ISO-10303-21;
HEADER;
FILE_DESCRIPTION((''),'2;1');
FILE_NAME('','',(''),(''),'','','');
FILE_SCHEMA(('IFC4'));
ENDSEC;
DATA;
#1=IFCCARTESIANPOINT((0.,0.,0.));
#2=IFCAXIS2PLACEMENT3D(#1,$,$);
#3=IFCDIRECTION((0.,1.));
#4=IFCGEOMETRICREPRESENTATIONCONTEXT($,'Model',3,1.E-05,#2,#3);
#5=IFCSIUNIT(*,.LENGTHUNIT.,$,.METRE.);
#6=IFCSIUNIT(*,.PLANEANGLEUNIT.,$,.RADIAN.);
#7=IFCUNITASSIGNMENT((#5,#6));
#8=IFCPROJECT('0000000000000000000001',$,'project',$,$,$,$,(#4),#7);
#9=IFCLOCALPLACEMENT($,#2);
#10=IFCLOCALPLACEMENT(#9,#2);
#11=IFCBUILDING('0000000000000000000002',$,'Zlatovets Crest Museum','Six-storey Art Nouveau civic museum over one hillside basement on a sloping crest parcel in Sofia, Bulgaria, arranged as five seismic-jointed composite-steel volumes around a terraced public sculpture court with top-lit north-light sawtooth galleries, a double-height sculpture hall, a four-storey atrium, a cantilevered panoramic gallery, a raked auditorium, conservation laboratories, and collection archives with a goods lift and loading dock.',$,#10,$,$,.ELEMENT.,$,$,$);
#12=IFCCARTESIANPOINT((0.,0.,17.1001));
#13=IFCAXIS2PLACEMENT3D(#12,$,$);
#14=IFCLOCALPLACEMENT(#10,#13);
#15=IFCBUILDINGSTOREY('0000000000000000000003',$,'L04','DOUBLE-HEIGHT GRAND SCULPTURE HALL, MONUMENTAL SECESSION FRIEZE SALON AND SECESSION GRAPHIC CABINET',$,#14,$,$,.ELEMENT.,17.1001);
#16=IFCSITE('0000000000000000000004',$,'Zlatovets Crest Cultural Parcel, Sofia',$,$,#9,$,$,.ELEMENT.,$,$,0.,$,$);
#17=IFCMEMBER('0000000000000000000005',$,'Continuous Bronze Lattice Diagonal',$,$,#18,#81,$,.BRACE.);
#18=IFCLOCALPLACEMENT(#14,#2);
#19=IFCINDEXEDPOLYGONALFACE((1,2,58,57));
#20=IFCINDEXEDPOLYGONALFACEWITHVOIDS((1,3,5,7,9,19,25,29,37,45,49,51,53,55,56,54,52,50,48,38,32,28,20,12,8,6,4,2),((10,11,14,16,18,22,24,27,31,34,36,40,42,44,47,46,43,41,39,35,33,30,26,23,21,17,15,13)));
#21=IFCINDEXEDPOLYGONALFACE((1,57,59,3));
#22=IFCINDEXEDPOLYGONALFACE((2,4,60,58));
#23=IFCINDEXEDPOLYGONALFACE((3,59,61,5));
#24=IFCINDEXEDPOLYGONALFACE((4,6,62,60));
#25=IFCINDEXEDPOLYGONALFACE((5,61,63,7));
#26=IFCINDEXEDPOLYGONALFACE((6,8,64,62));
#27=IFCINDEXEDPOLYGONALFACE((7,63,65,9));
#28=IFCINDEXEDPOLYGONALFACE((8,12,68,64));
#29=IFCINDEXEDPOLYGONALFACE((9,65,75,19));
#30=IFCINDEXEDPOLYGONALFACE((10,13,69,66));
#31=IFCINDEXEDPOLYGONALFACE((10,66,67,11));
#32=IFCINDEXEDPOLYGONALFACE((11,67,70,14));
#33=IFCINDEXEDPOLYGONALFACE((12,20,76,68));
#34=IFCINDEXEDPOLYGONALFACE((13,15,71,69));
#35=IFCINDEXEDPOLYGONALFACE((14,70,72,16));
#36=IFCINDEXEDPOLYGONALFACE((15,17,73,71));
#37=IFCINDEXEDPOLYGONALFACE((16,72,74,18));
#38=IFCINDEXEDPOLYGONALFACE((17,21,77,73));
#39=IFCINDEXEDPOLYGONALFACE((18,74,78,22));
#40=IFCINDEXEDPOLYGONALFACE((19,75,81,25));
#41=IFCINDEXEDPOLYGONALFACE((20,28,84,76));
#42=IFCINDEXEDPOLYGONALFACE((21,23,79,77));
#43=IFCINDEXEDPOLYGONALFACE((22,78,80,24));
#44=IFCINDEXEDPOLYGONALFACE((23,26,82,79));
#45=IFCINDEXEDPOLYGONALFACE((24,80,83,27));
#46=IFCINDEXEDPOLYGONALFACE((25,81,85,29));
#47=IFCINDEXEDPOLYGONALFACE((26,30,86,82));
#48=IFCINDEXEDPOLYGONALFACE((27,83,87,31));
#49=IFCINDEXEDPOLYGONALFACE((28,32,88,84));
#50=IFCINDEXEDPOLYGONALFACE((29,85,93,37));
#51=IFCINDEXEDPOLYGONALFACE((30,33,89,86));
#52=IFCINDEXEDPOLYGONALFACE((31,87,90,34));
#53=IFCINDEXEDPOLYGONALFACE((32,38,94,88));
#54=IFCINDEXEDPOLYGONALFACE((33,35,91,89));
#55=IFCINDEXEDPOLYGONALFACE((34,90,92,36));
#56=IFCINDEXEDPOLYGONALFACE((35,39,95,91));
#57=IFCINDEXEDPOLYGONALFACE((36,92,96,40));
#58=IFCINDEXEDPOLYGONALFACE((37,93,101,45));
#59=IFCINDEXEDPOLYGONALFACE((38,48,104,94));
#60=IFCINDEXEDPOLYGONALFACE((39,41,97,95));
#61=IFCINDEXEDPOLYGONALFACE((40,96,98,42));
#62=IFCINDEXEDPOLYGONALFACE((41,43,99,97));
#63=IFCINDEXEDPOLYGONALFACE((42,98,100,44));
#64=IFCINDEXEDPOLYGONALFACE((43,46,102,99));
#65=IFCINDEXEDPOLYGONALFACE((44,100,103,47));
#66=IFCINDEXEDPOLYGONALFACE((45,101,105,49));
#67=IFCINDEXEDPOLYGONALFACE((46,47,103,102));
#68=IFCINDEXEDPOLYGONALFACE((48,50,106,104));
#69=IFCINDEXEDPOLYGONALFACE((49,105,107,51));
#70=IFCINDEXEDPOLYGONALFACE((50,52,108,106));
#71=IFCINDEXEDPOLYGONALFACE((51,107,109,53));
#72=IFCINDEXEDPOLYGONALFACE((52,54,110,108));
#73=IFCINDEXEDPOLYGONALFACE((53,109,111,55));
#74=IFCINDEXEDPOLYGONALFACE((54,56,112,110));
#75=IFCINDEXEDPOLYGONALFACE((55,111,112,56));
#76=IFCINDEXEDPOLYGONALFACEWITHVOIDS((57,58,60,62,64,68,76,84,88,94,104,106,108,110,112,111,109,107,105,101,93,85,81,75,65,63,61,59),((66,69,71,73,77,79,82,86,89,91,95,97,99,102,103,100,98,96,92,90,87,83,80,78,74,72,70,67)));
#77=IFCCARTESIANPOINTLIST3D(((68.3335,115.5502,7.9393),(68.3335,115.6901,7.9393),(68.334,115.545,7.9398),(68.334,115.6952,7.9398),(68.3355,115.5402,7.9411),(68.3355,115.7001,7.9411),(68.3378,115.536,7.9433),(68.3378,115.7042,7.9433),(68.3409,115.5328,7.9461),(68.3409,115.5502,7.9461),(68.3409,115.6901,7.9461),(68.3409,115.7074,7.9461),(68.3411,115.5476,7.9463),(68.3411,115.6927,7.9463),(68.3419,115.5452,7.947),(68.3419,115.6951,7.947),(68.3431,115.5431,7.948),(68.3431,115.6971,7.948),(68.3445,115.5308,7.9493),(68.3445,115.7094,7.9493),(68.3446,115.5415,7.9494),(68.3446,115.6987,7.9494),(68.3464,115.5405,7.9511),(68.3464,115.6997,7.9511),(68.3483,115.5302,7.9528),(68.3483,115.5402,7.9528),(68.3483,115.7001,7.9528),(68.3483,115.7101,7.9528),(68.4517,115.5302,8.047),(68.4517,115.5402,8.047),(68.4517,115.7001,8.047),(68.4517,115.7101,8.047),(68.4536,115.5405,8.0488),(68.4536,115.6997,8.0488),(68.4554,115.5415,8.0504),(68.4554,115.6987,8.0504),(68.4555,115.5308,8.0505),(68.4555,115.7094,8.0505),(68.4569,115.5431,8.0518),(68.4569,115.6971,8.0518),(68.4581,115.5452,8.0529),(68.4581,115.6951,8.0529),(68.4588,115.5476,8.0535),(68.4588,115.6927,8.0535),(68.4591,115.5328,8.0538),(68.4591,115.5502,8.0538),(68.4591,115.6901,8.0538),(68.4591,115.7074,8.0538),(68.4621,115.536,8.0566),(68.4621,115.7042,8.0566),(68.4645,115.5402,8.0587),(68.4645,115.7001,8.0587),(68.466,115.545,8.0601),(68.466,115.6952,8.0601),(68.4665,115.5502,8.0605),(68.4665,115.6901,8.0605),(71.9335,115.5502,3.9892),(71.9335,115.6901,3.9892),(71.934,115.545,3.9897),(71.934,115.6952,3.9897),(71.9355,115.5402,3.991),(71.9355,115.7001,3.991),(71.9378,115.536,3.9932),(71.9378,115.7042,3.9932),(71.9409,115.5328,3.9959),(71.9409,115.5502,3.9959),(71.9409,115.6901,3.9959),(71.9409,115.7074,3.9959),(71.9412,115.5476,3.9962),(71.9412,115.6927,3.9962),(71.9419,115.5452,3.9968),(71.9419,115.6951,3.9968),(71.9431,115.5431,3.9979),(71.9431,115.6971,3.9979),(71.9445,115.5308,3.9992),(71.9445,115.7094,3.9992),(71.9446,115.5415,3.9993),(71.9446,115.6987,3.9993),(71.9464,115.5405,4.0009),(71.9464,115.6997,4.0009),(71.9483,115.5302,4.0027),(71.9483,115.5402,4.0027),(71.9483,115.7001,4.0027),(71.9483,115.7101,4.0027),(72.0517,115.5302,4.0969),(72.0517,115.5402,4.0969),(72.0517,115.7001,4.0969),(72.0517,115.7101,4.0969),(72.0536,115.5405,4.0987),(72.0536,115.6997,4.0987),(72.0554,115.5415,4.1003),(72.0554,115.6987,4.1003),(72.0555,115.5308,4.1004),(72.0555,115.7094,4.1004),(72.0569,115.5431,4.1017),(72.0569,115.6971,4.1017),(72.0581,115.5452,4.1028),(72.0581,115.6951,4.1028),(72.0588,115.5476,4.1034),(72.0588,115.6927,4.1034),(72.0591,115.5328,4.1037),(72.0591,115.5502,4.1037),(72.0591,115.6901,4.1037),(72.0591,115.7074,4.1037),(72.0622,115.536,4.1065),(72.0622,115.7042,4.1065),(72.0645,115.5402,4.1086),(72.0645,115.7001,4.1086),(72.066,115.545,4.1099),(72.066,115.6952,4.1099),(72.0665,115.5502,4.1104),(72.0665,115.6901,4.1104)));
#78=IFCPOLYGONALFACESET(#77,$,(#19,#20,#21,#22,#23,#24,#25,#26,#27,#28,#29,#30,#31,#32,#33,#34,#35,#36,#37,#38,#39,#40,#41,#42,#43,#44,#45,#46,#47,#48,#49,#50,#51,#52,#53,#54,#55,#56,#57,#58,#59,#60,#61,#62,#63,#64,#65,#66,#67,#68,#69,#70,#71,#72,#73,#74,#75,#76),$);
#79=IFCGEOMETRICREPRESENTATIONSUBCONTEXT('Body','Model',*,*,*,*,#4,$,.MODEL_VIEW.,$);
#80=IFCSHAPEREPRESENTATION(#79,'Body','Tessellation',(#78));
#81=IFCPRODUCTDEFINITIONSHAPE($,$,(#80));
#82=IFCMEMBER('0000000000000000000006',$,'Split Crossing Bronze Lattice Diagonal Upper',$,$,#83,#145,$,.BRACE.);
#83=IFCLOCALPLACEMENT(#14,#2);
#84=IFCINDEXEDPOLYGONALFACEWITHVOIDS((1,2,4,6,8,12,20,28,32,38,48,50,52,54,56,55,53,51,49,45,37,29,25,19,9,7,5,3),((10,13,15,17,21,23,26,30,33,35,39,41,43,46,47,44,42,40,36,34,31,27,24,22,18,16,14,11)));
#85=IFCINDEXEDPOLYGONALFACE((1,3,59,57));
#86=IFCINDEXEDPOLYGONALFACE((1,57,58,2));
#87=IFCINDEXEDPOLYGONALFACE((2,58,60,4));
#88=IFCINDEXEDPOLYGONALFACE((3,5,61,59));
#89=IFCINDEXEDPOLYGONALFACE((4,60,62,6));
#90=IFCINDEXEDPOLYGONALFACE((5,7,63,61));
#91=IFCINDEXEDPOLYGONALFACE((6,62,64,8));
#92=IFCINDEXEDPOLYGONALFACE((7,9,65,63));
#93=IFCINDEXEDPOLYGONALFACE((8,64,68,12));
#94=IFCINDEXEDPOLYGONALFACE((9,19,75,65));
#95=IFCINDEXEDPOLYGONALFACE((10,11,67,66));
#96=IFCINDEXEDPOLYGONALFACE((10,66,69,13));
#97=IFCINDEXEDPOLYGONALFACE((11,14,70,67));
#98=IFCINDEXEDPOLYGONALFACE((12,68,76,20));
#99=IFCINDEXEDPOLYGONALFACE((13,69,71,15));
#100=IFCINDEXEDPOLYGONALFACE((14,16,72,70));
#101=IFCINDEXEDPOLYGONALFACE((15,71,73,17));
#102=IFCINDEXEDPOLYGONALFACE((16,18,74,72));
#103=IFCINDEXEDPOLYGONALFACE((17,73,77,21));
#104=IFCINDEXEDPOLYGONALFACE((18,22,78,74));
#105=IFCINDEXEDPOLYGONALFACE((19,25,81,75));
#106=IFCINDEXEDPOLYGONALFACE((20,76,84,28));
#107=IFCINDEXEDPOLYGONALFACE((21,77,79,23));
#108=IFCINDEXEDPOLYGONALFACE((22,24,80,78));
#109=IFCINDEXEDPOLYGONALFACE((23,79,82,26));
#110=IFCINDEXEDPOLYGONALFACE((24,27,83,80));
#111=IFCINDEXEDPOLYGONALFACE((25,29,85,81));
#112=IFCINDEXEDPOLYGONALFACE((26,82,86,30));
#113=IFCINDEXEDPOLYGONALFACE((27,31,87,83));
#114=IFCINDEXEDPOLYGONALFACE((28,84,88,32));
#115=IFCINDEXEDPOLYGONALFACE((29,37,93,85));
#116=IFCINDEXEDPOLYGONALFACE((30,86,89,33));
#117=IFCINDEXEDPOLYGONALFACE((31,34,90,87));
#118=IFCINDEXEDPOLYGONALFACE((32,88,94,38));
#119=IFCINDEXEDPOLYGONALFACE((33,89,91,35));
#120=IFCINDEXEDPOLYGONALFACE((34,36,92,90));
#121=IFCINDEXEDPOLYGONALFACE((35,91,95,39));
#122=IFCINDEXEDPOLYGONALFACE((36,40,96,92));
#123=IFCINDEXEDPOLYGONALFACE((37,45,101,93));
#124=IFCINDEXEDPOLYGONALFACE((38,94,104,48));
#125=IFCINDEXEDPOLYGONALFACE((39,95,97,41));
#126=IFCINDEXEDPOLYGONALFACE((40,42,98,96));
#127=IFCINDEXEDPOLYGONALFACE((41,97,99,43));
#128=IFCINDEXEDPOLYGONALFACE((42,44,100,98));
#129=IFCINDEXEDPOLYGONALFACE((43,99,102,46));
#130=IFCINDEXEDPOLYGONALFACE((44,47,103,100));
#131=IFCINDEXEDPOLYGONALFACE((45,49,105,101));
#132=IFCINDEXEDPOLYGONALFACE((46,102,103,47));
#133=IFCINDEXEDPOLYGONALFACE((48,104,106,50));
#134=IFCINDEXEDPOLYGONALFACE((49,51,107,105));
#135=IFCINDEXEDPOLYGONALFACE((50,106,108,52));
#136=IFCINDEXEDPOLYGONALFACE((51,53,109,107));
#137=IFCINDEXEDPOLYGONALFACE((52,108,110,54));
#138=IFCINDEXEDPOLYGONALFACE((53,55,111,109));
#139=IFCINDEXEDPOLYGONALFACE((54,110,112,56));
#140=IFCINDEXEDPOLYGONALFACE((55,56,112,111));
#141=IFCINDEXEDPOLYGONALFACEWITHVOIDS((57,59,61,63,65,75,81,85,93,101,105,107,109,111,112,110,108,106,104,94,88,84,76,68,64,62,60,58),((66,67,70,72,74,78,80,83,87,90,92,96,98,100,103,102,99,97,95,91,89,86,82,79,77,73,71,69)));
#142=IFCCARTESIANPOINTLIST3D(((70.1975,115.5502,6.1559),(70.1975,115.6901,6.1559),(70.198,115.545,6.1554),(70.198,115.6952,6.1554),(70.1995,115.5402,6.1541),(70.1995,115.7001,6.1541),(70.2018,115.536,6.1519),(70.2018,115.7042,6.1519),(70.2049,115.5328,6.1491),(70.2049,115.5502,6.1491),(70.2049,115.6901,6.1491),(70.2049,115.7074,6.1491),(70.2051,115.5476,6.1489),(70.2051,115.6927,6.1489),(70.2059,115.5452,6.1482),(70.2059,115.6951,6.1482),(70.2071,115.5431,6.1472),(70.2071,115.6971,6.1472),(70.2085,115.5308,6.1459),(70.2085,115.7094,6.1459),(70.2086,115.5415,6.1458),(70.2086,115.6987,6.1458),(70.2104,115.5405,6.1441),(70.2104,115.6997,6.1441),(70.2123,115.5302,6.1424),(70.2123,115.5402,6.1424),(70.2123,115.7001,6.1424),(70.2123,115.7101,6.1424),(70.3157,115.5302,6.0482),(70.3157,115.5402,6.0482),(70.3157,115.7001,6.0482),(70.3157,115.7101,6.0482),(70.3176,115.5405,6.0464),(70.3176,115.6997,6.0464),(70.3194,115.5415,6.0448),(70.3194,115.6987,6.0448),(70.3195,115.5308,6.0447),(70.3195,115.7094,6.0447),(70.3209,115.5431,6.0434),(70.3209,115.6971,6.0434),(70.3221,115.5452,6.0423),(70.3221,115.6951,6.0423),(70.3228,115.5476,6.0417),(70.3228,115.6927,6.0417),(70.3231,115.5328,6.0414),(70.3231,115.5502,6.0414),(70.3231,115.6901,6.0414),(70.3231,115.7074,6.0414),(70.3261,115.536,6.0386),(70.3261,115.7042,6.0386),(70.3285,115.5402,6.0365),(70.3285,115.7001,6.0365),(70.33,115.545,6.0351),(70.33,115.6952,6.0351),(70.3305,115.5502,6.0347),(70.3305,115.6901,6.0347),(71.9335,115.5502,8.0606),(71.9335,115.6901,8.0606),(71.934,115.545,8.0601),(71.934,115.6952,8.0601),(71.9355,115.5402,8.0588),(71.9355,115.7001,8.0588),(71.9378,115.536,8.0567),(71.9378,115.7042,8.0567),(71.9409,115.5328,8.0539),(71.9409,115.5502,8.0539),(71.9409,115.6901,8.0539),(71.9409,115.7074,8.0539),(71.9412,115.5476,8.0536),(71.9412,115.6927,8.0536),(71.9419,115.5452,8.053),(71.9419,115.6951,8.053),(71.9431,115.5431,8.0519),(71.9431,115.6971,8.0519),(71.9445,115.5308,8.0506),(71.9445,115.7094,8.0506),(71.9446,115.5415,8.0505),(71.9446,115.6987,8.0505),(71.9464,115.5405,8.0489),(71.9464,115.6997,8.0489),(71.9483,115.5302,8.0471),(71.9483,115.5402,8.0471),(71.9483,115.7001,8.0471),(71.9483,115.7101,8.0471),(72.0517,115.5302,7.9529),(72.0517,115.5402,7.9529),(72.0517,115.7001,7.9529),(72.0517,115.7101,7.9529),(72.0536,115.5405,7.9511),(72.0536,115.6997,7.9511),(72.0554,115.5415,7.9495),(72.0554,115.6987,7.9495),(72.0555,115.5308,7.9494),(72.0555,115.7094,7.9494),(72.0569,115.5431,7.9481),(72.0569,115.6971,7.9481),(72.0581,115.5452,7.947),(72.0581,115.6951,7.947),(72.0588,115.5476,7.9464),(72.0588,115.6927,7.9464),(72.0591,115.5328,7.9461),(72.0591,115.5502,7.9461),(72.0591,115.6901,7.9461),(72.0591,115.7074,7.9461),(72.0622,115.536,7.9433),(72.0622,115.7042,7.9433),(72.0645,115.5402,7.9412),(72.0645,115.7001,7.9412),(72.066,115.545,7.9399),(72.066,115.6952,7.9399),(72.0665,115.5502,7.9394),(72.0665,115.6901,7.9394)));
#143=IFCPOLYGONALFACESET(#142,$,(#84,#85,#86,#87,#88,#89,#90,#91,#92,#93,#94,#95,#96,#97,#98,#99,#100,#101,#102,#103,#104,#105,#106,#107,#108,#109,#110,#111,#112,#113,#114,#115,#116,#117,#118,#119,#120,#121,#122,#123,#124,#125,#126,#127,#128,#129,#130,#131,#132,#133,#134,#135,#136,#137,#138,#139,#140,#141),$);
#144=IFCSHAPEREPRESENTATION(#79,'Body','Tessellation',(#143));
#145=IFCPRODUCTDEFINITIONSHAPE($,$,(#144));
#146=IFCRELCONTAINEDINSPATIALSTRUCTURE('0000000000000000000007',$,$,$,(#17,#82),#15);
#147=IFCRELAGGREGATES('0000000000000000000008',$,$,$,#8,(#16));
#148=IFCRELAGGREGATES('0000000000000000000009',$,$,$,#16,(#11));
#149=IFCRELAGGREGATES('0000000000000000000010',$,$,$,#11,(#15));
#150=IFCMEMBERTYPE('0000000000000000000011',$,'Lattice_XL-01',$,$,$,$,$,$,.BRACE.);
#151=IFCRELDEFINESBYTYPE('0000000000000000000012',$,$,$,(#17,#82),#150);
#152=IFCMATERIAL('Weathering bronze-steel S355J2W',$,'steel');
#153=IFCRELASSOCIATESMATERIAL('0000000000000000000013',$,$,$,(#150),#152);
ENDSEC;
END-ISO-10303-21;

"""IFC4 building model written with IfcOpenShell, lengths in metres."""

from ifc_helpers import new_model, si_unit, direction, frame, origin, origin_2d, place, context, subcontext, project, spatial, hollow_rectangle, extrude, material, material_profile, profile_set, type_object, element, save


model = new_model("IFC4")

# Units and contexts
model_context = context("Model", 3, precision=1e-05, world=origin(), true_north=direction((0.0, 1.0)))
body_context = subcontext(model_context, "Body", "Model", "MODEL_VIEW")
ifc_project = project(units=[si_unit("LENGTHUNIT", "METRE"), si_unit("PLANEANGLEUNIT", "RADIAN")], contexts=[model_context])

# Site, building, storey
site_placement = place(None, origin())
site = spatial("IfcSite", under=ifc_project, at=site_placement, Name="Zlatovets Crest Cultural Parcel, Sofia", CompositionType="ELEMENT", RefElevation=0.0)
building_placement = place(site_placement, origin())
building = spatial("IfcBuilding", under=site, at=building_placement, Name="Zlatovets Crest Museum", Description="Six-storey Art Nouveau civic museum over one hillside basement on a sloping crest parcel in Sofia, Bulgaria, arranged as five seismic-jointed composite-steel volumes around a terraced public sculpture court with top-lit north-light sawtooth galleries, a double-height sculpture hall, a four-storey atrium, a cantilevered panoramic gallery, a raked auditorium, conservation laboratories, and collection archives with a goods lift and loading dock.", CompositionType="ELEMENT")
storey_placement = place(building_placement, frame((0.0, 0.0, 17.1001)))
storey = spatial("IfcBuildingStorey", under=building, at=storey_placement, Name="L04", Description="DOUBLE-HEIGHT GRAND SCULPTURE HALL, MONUMENTAL SECESSION FRIEZE SALON AND SECESSION GRAPHIC CABINET", CompositionType="ELEMENT", Elevation=17.1001)

# Members
ifc_material_1 = material(Name="Weathering bronze-steel S355J2W", Category="steel")
ifc_material_profile_1 = material_profile(ifc_material_1, hollow_rectangle(XDim=0.1799, YDim=0.1799, WallThickness=0.01, InnerFilletRadius=0.01, OuterFilletRadius=0.02, at=origin_2d()), Name="SHS 180x180x10.0")
ifc_profile_set_1 = profile_set([ifc_material_profile_1], Name="Weathering bronze-steel S355J2W")
member_type_1 = type_object("IfcMemberType", Name="Lattice_XL-01", PredefinedType="BRACE", material=ifc_profile_set_1)
member_1_placement = place(storey_placement, frame((72.0, 115.6201, 4.0498), z_axis=(-0.673595, 0.0, 0.7391), x_axis=(0.0, -1.0, 0.0)))
element("IfcMember", 1, at=member_1_placement, inside=storey, type_object=member_type_1, Name="Continuous Bronze Lattice Diagonal", PredefinedType="BRACE", context=body_context, shape_type="SweptSolid", body=[
    extrude(hollow_rectangle(XDim=0.1799, YDim=0.1799, WallThickness=0.01, InnerFilletRadius=0.01, OuterFilletRadius=0.02, at=origin_2d()), origin(), (0.0, 0.0, 1.0), 5.3445),
])
for number, where, z_axis, x_axis, name in (
    (2, (72.0, 115.6201, 8.0), (-0.67362, 0.0, -0.739078), (0.0, -1.0, 0.0), "Split Crossing Bronze Lattice Diagonal Upper"),
):
    element("IfcMember", number, at=place(storey_placement, frame(where, z_axis=z_axis, x_axis=x_axis)), inside=storey, type_object=member_type_1, Name=name, PredefinedType="BRACE", context=body_context, shape_type="SweptSolid", body=[
        extrude(hollow_rectangle(XDim=0.1799, YDim=0.1799, WallThickness=0.01, InnerFilletRadius=0.01, OuterFilletRadius=0.02, at=origin_2d()), origin(), (0.0, 0.0, 1.0), 2.5771),
    ])

save(model, "model.ifc")
